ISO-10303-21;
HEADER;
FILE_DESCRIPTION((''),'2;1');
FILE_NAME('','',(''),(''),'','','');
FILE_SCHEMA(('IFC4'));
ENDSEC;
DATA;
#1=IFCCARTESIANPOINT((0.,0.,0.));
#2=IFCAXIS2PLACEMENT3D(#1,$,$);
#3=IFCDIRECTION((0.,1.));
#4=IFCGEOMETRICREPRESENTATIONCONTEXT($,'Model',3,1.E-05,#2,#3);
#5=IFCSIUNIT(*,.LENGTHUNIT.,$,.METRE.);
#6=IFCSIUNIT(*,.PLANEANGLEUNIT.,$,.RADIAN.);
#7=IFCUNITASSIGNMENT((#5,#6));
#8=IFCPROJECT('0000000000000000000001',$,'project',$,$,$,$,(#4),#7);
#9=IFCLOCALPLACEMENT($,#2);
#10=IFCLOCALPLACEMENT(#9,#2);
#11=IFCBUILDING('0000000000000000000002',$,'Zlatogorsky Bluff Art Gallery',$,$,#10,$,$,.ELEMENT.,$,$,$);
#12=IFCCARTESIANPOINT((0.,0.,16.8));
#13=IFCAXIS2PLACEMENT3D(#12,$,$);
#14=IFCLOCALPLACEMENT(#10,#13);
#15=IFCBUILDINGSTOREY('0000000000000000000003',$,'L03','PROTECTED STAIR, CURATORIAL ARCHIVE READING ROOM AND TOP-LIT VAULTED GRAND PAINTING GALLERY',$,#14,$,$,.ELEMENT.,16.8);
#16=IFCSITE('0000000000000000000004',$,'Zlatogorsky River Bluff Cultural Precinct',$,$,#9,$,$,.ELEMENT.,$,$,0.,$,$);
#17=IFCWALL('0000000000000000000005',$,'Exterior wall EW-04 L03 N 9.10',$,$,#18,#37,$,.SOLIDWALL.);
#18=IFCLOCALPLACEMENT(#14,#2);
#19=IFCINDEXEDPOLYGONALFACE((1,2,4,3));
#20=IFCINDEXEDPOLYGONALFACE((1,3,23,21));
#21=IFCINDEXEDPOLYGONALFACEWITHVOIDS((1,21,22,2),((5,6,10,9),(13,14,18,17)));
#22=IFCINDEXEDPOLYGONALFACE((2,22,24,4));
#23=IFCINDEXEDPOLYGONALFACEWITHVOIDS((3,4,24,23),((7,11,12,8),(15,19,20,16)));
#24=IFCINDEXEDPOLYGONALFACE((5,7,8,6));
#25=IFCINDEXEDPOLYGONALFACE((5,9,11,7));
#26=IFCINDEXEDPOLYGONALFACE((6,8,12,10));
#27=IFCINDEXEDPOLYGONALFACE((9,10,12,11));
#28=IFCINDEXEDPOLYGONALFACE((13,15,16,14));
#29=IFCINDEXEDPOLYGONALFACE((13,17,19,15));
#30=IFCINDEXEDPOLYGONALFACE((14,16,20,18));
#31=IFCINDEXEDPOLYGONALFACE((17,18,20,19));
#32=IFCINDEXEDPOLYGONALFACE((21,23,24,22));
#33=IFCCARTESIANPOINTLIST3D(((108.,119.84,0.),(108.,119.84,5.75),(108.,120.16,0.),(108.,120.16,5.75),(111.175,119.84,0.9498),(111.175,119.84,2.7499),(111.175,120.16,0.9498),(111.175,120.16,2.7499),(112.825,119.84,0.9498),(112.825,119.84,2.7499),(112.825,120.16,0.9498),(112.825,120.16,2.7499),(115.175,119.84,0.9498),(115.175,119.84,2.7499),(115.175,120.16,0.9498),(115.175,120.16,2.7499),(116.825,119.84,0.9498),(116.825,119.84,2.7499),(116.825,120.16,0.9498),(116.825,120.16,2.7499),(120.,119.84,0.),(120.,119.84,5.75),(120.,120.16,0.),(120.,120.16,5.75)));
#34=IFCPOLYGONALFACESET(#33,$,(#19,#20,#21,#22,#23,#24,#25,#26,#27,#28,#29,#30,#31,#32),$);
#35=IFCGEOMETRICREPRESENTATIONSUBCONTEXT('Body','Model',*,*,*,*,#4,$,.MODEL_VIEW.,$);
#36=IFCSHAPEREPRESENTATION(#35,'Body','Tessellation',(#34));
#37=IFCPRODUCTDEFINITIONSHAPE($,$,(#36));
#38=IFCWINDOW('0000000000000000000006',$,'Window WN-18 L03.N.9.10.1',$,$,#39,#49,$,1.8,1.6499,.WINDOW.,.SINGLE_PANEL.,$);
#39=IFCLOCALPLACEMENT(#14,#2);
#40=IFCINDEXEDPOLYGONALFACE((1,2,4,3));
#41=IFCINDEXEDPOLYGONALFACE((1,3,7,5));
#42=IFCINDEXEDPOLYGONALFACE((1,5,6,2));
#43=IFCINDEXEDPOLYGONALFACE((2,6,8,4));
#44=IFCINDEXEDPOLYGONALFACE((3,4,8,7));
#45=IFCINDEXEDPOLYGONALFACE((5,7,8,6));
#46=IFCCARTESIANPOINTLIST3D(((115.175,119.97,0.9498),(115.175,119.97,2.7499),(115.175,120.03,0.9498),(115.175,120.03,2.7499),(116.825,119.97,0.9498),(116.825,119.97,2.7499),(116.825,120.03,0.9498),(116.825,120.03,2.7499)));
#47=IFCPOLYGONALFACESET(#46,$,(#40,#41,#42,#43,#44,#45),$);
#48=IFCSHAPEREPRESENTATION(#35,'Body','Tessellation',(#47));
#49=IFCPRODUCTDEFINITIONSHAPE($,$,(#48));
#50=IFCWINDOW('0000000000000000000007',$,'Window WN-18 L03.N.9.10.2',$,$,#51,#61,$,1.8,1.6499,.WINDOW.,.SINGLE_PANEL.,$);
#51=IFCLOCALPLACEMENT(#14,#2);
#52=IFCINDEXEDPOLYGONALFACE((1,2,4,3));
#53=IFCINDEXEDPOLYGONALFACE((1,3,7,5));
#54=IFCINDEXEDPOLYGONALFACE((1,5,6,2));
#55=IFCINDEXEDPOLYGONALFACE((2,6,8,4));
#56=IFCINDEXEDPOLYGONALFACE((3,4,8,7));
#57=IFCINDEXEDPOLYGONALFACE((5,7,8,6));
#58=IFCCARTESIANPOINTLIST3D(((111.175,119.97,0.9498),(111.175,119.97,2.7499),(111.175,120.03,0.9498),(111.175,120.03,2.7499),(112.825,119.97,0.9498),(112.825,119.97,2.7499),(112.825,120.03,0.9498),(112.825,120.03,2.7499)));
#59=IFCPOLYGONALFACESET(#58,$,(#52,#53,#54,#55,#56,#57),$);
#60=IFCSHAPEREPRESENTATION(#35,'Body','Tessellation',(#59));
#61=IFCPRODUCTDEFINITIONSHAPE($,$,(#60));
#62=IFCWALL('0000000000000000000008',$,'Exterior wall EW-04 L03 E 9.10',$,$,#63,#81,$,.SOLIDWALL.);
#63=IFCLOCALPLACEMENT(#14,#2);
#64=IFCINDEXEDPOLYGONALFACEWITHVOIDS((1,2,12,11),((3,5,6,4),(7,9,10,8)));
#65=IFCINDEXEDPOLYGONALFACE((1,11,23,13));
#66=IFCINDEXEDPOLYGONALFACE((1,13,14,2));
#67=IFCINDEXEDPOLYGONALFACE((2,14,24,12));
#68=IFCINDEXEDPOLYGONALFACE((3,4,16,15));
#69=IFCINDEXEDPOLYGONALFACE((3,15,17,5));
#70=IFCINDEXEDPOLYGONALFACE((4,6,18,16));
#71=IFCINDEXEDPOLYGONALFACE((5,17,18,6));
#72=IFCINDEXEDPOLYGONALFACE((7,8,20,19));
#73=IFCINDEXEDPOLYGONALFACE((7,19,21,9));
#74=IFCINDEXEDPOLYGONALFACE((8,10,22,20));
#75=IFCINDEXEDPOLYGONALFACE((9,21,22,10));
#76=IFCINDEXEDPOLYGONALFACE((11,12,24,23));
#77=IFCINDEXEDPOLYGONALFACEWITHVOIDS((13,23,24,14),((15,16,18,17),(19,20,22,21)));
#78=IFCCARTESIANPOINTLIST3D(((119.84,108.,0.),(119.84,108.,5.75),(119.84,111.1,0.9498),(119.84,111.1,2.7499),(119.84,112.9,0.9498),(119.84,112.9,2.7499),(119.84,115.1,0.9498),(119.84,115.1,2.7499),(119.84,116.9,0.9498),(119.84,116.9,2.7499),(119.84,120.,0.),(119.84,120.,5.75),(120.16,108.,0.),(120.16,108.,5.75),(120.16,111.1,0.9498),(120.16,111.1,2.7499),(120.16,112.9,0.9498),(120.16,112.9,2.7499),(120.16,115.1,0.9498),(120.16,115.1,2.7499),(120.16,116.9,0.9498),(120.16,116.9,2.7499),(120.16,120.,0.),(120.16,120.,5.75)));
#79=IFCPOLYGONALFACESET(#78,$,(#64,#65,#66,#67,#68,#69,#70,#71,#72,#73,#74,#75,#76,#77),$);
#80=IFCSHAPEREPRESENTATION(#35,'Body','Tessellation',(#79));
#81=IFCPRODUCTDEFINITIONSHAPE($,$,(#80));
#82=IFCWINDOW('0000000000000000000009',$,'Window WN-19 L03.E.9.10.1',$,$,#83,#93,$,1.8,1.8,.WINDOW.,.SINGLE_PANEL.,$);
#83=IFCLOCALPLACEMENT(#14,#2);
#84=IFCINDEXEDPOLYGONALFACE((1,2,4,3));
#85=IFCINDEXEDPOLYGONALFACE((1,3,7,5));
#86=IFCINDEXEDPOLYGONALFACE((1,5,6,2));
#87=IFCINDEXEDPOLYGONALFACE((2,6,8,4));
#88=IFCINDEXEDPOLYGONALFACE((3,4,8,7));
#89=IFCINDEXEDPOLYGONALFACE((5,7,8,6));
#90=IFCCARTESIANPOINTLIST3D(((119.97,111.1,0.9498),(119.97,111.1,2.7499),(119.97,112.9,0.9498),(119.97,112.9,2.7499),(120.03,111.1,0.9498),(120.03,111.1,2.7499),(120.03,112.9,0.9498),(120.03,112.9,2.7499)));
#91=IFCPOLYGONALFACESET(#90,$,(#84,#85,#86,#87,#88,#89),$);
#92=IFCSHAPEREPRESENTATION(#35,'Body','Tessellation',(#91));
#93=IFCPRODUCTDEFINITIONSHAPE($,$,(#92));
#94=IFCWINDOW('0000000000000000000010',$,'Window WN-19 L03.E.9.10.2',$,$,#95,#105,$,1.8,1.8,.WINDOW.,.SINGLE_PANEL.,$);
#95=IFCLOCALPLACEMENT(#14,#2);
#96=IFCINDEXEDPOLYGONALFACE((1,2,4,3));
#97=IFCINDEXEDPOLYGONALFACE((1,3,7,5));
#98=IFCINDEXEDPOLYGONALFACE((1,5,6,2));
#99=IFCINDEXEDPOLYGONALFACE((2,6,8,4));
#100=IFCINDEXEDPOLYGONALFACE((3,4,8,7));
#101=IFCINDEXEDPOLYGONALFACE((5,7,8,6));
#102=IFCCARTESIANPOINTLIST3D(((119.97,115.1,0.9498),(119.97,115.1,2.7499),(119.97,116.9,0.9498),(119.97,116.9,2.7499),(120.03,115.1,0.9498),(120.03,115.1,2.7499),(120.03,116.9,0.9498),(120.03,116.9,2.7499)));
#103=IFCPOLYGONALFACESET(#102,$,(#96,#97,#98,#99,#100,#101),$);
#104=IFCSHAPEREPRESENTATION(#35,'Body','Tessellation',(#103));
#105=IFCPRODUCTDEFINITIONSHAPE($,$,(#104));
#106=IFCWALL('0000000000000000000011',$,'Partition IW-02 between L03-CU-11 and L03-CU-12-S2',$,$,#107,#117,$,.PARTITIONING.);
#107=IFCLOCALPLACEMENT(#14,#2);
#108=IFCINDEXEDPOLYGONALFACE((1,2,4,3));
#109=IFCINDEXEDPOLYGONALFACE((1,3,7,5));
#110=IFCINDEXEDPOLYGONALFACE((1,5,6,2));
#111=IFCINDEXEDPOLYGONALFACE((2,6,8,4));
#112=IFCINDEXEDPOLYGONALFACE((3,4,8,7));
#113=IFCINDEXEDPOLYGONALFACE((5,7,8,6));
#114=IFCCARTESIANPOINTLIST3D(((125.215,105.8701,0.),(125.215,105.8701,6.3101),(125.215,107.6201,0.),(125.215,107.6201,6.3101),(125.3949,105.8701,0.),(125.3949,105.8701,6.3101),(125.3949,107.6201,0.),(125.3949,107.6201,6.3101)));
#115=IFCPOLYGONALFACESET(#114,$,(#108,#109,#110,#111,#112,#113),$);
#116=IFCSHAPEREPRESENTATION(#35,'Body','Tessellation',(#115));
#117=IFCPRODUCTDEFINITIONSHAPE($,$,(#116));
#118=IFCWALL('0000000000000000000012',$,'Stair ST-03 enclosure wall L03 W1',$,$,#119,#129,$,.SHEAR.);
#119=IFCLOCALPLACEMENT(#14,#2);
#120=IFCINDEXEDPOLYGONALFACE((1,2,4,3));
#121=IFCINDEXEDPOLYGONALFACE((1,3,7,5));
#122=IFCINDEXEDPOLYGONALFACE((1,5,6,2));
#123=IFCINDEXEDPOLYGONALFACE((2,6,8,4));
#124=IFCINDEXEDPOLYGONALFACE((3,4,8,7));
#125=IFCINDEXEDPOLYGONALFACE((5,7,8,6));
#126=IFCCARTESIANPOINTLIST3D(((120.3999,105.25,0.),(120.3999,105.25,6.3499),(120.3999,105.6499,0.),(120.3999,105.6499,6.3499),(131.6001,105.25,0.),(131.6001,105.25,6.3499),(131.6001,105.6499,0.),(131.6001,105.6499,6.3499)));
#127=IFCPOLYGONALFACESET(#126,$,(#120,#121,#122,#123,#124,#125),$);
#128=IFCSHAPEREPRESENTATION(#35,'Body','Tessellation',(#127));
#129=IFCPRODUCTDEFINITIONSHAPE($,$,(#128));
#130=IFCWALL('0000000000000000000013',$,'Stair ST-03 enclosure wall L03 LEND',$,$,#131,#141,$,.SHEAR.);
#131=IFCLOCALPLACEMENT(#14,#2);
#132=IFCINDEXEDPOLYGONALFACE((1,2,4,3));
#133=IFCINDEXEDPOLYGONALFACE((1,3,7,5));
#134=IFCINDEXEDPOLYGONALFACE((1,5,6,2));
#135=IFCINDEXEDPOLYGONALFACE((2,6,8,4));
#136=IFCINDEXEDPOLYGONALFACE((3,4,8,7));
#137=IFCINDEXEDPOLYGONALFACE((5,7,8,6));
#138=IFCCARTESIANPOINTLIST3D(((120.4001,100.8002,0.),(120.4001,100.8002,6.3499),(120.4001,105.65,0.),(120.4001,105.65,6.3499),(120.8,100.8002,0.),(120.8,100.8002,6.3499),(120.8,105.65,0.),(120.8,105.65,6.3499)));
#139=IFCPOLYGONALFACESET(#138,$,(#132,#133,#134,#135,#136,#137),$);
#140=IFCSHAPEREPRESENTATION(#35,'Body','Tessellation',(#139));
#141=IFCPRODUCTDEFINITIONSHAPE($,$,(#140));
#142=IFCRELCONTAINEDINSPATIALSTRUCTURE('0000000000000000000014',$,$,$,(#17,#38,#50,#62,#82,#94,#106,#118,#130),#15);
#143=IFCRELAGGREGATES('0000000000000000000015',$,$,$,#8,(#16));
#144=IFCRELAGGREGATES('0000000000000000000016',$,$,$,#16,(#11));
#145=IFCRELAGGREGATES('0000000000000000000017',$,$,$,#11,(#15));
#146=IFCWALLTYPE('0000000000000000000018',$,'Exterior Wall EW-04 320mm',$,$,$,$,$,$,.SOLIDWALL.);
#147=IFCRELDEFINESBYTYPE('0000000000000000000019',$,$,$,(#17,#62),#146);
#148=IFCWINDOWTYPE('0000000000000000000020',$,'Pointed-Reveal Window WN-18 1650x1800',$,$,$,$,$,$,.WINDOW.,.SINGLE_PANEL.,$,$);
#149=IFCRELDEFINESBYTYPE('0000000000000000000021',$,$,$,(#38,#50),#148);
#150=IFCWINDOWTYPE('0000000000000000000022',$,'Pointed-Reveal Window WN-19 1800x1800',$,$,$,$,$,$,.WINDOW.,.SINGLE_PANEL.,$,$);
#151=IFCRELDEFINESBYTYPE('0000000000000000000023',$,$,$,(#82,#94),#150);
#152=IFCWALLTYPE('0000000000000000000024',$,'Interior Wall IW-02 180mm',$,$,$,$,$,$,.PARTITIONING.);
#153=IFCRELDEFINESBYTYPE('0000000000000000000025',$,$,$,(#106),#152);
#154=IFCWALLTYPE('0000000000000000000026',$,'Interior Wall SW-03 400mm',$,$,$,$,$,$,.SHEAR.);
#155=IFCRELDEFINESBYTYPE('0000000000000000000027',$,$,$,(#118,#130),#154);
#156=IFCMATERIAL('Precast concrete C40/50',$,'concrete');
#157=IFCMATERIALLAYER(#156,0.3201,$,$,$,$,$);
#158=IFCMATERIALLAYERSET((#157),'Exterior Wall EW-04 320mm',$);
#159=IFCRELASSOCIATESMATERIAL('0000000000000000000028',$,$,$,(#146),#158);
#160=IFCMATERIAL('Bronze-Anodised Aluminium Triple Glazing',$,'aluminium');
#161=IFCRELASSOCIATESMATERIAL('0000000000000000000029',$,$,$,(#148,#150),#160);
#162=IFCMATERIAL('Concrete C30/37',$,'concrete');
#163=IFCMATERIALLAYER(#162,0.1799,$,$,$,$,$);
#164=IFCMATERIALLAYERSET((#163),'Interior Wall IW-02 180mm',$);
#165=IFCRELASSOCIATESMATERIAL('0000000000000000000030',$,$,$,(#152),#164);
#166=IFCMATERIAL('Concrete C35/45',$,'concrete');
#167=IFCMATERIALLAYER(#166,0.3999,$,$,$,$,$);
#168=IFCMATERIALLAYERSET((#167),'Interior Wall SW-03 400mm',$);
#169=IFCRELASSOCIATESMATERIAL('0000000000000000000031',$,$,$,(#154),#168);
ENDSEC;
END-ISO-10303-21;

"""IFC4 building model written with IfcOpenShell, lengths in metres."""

from ifc_helpers import new_model, si_unit, direction, frame, frame_2d, origin, place, context, subcontext, project, spatial, rectangle, extrude, material, layer, layer_set, type_object, element, fill, save


model = new_model("IFC4")

# Units and contexts
model_context = context("Model", 3, precision=1e-05, world=origin(), true_north=direction((0.0, 1.0)))
body_context = subcontext(model_context, "Body", "Model", "MODEL_VIEW")
ifc_project = project(units=[si_unit("LENGTHUNIT", "METRE"), si_unit("PLANEANGLEUNIT", "RADIAN")], contexts=[model_context])

# Site, building, storey
site_placement = place(None, origin())
site = spatial("IfcSite", under=ifc_project, at=site_placement, Name="Zlatogorsky River Bluff Cultural Precinct", CompositionType="ELEMENT", RefElevation=0.0)
building_placement = place(site_placement, origin())
building = spatial("IfcBuilding", under=site, at=building_placement, Name="Zlatogorsky Bluff Art Gallery", CompositionType="ELEMENT")
storey_placement = place(building_placement, frame((0.0, 0.0, 16.8)))
storey = spatial("IfcBuildingStorey", under=building, at=storey_placement, Name="L03", Description="PROTECTED STAIR, CURATORIAL ARCHIVE READING ROOM AND TOP-LIT VAULTED GRAND PAINTING GALLERY", CompositionType="ELEMENT", Elevation=16.8)

# Walls, openings, windows
ifc_material_1 = material(Name="Precast concrete C40/50", Category="concrete")
ifc_layer_1 = layer(ifc_material_1, 0.3201)
ifc_layer_set_1 = layer_set([ifc_layer_1], Name="Exterior Wall EW-04 320mm")
wall_type_1 = type_object("IfcWallType", Name="Exterior Wall EW-04 320mm", PredefinedType="SOLIDWALL", material=ifc_layer_set_1)
wall_1_placement = place(storey_placement, frame((120.0, 120.0, 0.0), z_axis=(0.0, 0.0, 1.0), x_axis=(-1.0, 0.0, 0.0)))
wall_1 = element("IfcWall", 1, at=wall_1_placement, inside=storey, type_object=wall_type_1, Name="Exterior wall EW-04 L03 N 9.10", PredefinedType="SOLIDWALL", context=body_context, shape_type="SweptSolid", body=[
    extrude(rectangle(XDim=12.0, YDim=0.3201, at=frame_2d((6.0, 0.0))), origin(), (0.0, 0.0, 1.0), 5.75),
])
opening_1_placement = place(wall_1_placement, frame((3.175, 0.0, 0.95)))
opening_1 = element("IfcOpeningElement", 2, at=opening_1_placement, cuts=wall_1, PredefinedType="OPENING", context=body_context, shape_type="SweptSolid", body=[
    extrude(rectangle(XDim=1.6499, YDim=1.8, at=frame_2d((0.825, 0.8999))), frame((0.0, 0.1699, 0.0), z_axis=(0.0, -1.0, 0.0), x_axis=(1.0, 0.0, 0.0)), (0.0, 0.0, 1.0), 0.3401),
])
opening_2_placement = place(wall_1_placement, frame((7.175, 0.0, 0.95)))
opening_2 = element("IfcOpeningElement", 3, at=opening_2_placement, cuts=wall_1, PredefinedType="OPENING", context=body_context, shape_type="SweptSolid", body=[
    extrude(rectangle(XDim=1.6499, YDim=1.8, at=frame_2d((0.825, 0.8999))), frame((0.0, 0.1699, 0.0), z_axis=(0.0, -1.0, 0.0), x_axis=(1.0, 0.0, 0.0)), (0.0, 0.0, 1.0), 0.3401),
])
ifc_material_2 = material(Name="Bronze-Anodised Aluminium Triple Glazing", Category="aluminium")
window_type_1 = type_object("IfcWindowType", Name="Pointed-Reveal Window WN-18 1650x1800", PartitioningType="SINGLE_PANEL", PredefinedType="WINDOW", material=ifc_material_2)
window_1_placement = place(opening_1_placement, origin())
window_1 = element("IfcWindow", 4, at=window_1_placement, inside=storey, type_object=window_type_1, Name="Window WN-18 L03.N.9.10.1", OverallHeight=1.8, OverallWidth=1.6499, PartitioningType="SINGLE_PANEL", PredefinedType="WINDOW", context=body_context, shape_type="SweptSolid", body=[
    extrude(rectangle(XDim=1.6499, YDim=1.8, at=frame_2d((0.825, 0.8999))), frame((0.0, 0.03, 0.0), z_axis=(0.0, -1.0, 0.0), x_axis=(1.0, 0.0, 0.0)), (0.0, 0.0, 1.0), 0.0601),
])
fill(opening_1, window_1)
window_2_placement = place(opening_2_placement, origin())
window_2 = element("IfcWindow", 5, at=window_2_placement, inside=storey, type_object=window_type_1, Name="Window WN-18 L03.N.9.10.2", OverallHeight=1.8, OverallWidth=1.6499, PartitioningType="SINGLE_PANEL", PredefinedType="WINDOW", context=body_context, shape_type="SweptSolid", body=[
    extrude(rectangle(XDim=1.6499, YDim=1.8, at=frame_2d((0.825, 0.8999))), frame((0.0, 0.03, 0.0), z_axis=(0.0, -1.0, 0.0), x_axis=(1.0, 0.0, 0.0)), (0.0, 0.0, 1.0), 0.0601),
])
fill(opening_2, window_2)
wall_2_placement = place(storey_placement, frame((120.0, 108.0, 0.0), z_axis=(0.0, 0.0, 1.0), x_axis=(0.0, 1.0, 0.0)))
wall_2 = element("IfcWall", 6, at=wall_2_placement, inside=storey, type_object=wall_type_1, Name="Exterior wall EW-04 L03 E 9.10", PredefinedType="SOLIDWALL", context=body_context, shape_type="SweptSolid", body=[
    extrude(rectangle(XDim=12.0, YDim=0.3201, at=frame_2d((6.0, 0.0))), origin(), (0.0, 0.0, 1.0), 5.75),
])
opening_3_placement = place(wall_2_placement, frame((3.1001, 0.0, 0.95)))
opening_3 = element("IfcOpeningElement", 7, at=opening_3_placement, cuts=wall_2, PredefinedType="OPENING", context=body_context, shape_type="SweptSolid", body=[
    extrude(rectangle(XDim=1.8, YDim=1.8, at=frame_2d((0.8999, 0.8999))), frame((0.0, 0.1699, 0.0), z_axis=(0.0, -1.0, 0.0), x_axis=(1.0, 0.0, 0.0)), (0.0, 0.0, 1.0), 0.3401),
])
opening_4_placement = place(wall_2_placement, frame((7.1001, 0.0, 0.95)))
opening_4 = element("IfcOpeningElement", 8, at=opening_4_placement, cuts=wall_2, PredefinedType="OPENING", context=body_context, shape_type="SweptSolid", body=[
    extrude(rectangle(XDim=1.8, YDim=1.8, at=frame_2d((0.8999, 0.8999))), frame((0.0, 0.1699, 0.0), z_axis=(0.0, -1.0, 0.0), x_axis=(1.0, 0.0, 0.0)), (0.0, 0.0, 1.0), 0.3401),
])
window_type_2 = type_object("IfcWindowType", Name="Pointed-Reveal Window WN-19 1800x1800", PartitioningType="SINGLE_PANEL", PredefinedType="WINDOW", material=ifc_material_2)
window_3_placement = place(opening_3_placement, origin())
window_3 = element("IfcWindow", 9, at=window_3_placement, inside=storey, type_object=window_type_2, Name="Window WN-19 L03.E.9.10.1", OverallHeight=1.8, OverallWidth=1.8, PartitioningType="SINGLE_PANEL", PredefinedType="WINDOW", context=body_context, shape_type="SweptSolid", body=[
    extrude(rectangle(XDim=1.8, YDim=1.8, at=frame_2d((0.8999, 0.8999))), frame((0.0, 0.03, 0.0), z_axis=(0.0, -1.0, 0.0), x_axis=(1.0, 0.0, 0.0)), (0.0, 0.0, 1.0), 0.0601),
])
fill(opening_3, window_3)
window_4_placement = place(opening_4_placement, origin())
window_4 = element("IfcWindow", 10, at=window_4_placement, inside=storey, type_object=window_type_2, Name="Window WN-19 L03.E.9.10.2", OverallHeight=1.8, OverallWidth=1.8, PartitioningType="SINGLE_PANEL", PredefinedType="WINDOW", context=body_context, shape_type="SweptSolid", body=[
    extrude(rectangle(XDim=1.8, YDim=1.8, at=frame_2d((0.8999, 0.8999))), frame((0.0, 0.03, 0.0), z_axis=(0.0, -1.0, 0.0), x_axis=(1.0, 0.0, 0.0)), (0.0, 0.0, 1.0), 0.0601),
])
fill(opening_4, window_4)

# Walls
ifc_material_3 = material(Name="Concrete C30/37", Category="concrete")
ifc_layer_2 = layer(ifc_material_3, 0.1799)
ifc_layer_set_2 = layer_set([ifc_layer_2], Name="Interior Wall IW-02 180mm")
wall_type_2 = type_object("IfcWallType", Name="Interior Wall IW-02 180mm", PredefinedType="PARTITIONING", material=ifc_layer_set_2)
wall_3_placement = place(storey_placement, frame((125.3049, 105.8701, 0.0), z_axis=(0.0, 0.0, 1.0), x_axis=(0.0, 1.0, 0.0)))
element("IfcWall", 11, at=wall_3_placement, inside=storey, type_object=wall_type_2, Name="Partition IW-02 between L03-CU-11 and L03-CU-12-S2", PredefinedType="PARTITIONING", context=body_context, shape_type="SweptSolid", body=[
    extrude(rectangle(XDim=1.75, YDim=0.1799, at=frame_2d((0.875, 0.0))), origin(), (0.0, 0.0, 1.0), 6.3101),
])
ifc_material_4 = material(Name="Concrete C35/45", Category="concrete")
ifc_layer_3 = layer(ifc_material_4, 0.3999)
ifc_layer_set_3 = layer_set([ifc_layer_3], Name="Interior Wall SW-03 400mm")
wall_type_3 = type_object("IfcWallType", Name="Interior Wall SW-03 400mm", PredefinedType="SHEAR", material=ifc_layer_set_3)
wall_4_placement = place(storey_placement, frame((131.6001, 105.45, 0.0), z_axis=(0.0, 0.0, 1.0), x_axis=(-1.0, 0.0, 0.0)))
element("IfcWall", 12, at=wall_4_placement, inside=storey, type_object=wall_type_3, Name="Stair ST-03 enclosure wall L03 W1", PredefinedType="SHEAR", context=body_context, shape_type="SweptSolid", body=[
    extrude(rectangle(XDim=11.2002, YDim=0.3999, at=frame_2d((5.6001, 0.0))), origin(), (0.0, 0.0, 1.0), 6.3499),
])
wall_5_placement = place(storey_placement, frame((120.6001, 105.6499, 0.0), z_axis=(0.0, 0.0, 1.0), x_axis=(0.0, -1.0, 0.0)))
element("IfcWall", 13, at=wall_5_placement, inside=storey, type_object=wall_type_3, Name="Stair ST-03 enclosure wall L03 LEND", PredefinedType="SHEAR", context=body_context, shape_type="SweptSolid", body=[
    extrude(rectangle(XDim=4.8499, YDim=0.3999, at=frame_2d((2.4248, 0.0))), origin(), (0.0, 0.0, 1.0), 6.3499),
])

save(model, "model.ifc")
